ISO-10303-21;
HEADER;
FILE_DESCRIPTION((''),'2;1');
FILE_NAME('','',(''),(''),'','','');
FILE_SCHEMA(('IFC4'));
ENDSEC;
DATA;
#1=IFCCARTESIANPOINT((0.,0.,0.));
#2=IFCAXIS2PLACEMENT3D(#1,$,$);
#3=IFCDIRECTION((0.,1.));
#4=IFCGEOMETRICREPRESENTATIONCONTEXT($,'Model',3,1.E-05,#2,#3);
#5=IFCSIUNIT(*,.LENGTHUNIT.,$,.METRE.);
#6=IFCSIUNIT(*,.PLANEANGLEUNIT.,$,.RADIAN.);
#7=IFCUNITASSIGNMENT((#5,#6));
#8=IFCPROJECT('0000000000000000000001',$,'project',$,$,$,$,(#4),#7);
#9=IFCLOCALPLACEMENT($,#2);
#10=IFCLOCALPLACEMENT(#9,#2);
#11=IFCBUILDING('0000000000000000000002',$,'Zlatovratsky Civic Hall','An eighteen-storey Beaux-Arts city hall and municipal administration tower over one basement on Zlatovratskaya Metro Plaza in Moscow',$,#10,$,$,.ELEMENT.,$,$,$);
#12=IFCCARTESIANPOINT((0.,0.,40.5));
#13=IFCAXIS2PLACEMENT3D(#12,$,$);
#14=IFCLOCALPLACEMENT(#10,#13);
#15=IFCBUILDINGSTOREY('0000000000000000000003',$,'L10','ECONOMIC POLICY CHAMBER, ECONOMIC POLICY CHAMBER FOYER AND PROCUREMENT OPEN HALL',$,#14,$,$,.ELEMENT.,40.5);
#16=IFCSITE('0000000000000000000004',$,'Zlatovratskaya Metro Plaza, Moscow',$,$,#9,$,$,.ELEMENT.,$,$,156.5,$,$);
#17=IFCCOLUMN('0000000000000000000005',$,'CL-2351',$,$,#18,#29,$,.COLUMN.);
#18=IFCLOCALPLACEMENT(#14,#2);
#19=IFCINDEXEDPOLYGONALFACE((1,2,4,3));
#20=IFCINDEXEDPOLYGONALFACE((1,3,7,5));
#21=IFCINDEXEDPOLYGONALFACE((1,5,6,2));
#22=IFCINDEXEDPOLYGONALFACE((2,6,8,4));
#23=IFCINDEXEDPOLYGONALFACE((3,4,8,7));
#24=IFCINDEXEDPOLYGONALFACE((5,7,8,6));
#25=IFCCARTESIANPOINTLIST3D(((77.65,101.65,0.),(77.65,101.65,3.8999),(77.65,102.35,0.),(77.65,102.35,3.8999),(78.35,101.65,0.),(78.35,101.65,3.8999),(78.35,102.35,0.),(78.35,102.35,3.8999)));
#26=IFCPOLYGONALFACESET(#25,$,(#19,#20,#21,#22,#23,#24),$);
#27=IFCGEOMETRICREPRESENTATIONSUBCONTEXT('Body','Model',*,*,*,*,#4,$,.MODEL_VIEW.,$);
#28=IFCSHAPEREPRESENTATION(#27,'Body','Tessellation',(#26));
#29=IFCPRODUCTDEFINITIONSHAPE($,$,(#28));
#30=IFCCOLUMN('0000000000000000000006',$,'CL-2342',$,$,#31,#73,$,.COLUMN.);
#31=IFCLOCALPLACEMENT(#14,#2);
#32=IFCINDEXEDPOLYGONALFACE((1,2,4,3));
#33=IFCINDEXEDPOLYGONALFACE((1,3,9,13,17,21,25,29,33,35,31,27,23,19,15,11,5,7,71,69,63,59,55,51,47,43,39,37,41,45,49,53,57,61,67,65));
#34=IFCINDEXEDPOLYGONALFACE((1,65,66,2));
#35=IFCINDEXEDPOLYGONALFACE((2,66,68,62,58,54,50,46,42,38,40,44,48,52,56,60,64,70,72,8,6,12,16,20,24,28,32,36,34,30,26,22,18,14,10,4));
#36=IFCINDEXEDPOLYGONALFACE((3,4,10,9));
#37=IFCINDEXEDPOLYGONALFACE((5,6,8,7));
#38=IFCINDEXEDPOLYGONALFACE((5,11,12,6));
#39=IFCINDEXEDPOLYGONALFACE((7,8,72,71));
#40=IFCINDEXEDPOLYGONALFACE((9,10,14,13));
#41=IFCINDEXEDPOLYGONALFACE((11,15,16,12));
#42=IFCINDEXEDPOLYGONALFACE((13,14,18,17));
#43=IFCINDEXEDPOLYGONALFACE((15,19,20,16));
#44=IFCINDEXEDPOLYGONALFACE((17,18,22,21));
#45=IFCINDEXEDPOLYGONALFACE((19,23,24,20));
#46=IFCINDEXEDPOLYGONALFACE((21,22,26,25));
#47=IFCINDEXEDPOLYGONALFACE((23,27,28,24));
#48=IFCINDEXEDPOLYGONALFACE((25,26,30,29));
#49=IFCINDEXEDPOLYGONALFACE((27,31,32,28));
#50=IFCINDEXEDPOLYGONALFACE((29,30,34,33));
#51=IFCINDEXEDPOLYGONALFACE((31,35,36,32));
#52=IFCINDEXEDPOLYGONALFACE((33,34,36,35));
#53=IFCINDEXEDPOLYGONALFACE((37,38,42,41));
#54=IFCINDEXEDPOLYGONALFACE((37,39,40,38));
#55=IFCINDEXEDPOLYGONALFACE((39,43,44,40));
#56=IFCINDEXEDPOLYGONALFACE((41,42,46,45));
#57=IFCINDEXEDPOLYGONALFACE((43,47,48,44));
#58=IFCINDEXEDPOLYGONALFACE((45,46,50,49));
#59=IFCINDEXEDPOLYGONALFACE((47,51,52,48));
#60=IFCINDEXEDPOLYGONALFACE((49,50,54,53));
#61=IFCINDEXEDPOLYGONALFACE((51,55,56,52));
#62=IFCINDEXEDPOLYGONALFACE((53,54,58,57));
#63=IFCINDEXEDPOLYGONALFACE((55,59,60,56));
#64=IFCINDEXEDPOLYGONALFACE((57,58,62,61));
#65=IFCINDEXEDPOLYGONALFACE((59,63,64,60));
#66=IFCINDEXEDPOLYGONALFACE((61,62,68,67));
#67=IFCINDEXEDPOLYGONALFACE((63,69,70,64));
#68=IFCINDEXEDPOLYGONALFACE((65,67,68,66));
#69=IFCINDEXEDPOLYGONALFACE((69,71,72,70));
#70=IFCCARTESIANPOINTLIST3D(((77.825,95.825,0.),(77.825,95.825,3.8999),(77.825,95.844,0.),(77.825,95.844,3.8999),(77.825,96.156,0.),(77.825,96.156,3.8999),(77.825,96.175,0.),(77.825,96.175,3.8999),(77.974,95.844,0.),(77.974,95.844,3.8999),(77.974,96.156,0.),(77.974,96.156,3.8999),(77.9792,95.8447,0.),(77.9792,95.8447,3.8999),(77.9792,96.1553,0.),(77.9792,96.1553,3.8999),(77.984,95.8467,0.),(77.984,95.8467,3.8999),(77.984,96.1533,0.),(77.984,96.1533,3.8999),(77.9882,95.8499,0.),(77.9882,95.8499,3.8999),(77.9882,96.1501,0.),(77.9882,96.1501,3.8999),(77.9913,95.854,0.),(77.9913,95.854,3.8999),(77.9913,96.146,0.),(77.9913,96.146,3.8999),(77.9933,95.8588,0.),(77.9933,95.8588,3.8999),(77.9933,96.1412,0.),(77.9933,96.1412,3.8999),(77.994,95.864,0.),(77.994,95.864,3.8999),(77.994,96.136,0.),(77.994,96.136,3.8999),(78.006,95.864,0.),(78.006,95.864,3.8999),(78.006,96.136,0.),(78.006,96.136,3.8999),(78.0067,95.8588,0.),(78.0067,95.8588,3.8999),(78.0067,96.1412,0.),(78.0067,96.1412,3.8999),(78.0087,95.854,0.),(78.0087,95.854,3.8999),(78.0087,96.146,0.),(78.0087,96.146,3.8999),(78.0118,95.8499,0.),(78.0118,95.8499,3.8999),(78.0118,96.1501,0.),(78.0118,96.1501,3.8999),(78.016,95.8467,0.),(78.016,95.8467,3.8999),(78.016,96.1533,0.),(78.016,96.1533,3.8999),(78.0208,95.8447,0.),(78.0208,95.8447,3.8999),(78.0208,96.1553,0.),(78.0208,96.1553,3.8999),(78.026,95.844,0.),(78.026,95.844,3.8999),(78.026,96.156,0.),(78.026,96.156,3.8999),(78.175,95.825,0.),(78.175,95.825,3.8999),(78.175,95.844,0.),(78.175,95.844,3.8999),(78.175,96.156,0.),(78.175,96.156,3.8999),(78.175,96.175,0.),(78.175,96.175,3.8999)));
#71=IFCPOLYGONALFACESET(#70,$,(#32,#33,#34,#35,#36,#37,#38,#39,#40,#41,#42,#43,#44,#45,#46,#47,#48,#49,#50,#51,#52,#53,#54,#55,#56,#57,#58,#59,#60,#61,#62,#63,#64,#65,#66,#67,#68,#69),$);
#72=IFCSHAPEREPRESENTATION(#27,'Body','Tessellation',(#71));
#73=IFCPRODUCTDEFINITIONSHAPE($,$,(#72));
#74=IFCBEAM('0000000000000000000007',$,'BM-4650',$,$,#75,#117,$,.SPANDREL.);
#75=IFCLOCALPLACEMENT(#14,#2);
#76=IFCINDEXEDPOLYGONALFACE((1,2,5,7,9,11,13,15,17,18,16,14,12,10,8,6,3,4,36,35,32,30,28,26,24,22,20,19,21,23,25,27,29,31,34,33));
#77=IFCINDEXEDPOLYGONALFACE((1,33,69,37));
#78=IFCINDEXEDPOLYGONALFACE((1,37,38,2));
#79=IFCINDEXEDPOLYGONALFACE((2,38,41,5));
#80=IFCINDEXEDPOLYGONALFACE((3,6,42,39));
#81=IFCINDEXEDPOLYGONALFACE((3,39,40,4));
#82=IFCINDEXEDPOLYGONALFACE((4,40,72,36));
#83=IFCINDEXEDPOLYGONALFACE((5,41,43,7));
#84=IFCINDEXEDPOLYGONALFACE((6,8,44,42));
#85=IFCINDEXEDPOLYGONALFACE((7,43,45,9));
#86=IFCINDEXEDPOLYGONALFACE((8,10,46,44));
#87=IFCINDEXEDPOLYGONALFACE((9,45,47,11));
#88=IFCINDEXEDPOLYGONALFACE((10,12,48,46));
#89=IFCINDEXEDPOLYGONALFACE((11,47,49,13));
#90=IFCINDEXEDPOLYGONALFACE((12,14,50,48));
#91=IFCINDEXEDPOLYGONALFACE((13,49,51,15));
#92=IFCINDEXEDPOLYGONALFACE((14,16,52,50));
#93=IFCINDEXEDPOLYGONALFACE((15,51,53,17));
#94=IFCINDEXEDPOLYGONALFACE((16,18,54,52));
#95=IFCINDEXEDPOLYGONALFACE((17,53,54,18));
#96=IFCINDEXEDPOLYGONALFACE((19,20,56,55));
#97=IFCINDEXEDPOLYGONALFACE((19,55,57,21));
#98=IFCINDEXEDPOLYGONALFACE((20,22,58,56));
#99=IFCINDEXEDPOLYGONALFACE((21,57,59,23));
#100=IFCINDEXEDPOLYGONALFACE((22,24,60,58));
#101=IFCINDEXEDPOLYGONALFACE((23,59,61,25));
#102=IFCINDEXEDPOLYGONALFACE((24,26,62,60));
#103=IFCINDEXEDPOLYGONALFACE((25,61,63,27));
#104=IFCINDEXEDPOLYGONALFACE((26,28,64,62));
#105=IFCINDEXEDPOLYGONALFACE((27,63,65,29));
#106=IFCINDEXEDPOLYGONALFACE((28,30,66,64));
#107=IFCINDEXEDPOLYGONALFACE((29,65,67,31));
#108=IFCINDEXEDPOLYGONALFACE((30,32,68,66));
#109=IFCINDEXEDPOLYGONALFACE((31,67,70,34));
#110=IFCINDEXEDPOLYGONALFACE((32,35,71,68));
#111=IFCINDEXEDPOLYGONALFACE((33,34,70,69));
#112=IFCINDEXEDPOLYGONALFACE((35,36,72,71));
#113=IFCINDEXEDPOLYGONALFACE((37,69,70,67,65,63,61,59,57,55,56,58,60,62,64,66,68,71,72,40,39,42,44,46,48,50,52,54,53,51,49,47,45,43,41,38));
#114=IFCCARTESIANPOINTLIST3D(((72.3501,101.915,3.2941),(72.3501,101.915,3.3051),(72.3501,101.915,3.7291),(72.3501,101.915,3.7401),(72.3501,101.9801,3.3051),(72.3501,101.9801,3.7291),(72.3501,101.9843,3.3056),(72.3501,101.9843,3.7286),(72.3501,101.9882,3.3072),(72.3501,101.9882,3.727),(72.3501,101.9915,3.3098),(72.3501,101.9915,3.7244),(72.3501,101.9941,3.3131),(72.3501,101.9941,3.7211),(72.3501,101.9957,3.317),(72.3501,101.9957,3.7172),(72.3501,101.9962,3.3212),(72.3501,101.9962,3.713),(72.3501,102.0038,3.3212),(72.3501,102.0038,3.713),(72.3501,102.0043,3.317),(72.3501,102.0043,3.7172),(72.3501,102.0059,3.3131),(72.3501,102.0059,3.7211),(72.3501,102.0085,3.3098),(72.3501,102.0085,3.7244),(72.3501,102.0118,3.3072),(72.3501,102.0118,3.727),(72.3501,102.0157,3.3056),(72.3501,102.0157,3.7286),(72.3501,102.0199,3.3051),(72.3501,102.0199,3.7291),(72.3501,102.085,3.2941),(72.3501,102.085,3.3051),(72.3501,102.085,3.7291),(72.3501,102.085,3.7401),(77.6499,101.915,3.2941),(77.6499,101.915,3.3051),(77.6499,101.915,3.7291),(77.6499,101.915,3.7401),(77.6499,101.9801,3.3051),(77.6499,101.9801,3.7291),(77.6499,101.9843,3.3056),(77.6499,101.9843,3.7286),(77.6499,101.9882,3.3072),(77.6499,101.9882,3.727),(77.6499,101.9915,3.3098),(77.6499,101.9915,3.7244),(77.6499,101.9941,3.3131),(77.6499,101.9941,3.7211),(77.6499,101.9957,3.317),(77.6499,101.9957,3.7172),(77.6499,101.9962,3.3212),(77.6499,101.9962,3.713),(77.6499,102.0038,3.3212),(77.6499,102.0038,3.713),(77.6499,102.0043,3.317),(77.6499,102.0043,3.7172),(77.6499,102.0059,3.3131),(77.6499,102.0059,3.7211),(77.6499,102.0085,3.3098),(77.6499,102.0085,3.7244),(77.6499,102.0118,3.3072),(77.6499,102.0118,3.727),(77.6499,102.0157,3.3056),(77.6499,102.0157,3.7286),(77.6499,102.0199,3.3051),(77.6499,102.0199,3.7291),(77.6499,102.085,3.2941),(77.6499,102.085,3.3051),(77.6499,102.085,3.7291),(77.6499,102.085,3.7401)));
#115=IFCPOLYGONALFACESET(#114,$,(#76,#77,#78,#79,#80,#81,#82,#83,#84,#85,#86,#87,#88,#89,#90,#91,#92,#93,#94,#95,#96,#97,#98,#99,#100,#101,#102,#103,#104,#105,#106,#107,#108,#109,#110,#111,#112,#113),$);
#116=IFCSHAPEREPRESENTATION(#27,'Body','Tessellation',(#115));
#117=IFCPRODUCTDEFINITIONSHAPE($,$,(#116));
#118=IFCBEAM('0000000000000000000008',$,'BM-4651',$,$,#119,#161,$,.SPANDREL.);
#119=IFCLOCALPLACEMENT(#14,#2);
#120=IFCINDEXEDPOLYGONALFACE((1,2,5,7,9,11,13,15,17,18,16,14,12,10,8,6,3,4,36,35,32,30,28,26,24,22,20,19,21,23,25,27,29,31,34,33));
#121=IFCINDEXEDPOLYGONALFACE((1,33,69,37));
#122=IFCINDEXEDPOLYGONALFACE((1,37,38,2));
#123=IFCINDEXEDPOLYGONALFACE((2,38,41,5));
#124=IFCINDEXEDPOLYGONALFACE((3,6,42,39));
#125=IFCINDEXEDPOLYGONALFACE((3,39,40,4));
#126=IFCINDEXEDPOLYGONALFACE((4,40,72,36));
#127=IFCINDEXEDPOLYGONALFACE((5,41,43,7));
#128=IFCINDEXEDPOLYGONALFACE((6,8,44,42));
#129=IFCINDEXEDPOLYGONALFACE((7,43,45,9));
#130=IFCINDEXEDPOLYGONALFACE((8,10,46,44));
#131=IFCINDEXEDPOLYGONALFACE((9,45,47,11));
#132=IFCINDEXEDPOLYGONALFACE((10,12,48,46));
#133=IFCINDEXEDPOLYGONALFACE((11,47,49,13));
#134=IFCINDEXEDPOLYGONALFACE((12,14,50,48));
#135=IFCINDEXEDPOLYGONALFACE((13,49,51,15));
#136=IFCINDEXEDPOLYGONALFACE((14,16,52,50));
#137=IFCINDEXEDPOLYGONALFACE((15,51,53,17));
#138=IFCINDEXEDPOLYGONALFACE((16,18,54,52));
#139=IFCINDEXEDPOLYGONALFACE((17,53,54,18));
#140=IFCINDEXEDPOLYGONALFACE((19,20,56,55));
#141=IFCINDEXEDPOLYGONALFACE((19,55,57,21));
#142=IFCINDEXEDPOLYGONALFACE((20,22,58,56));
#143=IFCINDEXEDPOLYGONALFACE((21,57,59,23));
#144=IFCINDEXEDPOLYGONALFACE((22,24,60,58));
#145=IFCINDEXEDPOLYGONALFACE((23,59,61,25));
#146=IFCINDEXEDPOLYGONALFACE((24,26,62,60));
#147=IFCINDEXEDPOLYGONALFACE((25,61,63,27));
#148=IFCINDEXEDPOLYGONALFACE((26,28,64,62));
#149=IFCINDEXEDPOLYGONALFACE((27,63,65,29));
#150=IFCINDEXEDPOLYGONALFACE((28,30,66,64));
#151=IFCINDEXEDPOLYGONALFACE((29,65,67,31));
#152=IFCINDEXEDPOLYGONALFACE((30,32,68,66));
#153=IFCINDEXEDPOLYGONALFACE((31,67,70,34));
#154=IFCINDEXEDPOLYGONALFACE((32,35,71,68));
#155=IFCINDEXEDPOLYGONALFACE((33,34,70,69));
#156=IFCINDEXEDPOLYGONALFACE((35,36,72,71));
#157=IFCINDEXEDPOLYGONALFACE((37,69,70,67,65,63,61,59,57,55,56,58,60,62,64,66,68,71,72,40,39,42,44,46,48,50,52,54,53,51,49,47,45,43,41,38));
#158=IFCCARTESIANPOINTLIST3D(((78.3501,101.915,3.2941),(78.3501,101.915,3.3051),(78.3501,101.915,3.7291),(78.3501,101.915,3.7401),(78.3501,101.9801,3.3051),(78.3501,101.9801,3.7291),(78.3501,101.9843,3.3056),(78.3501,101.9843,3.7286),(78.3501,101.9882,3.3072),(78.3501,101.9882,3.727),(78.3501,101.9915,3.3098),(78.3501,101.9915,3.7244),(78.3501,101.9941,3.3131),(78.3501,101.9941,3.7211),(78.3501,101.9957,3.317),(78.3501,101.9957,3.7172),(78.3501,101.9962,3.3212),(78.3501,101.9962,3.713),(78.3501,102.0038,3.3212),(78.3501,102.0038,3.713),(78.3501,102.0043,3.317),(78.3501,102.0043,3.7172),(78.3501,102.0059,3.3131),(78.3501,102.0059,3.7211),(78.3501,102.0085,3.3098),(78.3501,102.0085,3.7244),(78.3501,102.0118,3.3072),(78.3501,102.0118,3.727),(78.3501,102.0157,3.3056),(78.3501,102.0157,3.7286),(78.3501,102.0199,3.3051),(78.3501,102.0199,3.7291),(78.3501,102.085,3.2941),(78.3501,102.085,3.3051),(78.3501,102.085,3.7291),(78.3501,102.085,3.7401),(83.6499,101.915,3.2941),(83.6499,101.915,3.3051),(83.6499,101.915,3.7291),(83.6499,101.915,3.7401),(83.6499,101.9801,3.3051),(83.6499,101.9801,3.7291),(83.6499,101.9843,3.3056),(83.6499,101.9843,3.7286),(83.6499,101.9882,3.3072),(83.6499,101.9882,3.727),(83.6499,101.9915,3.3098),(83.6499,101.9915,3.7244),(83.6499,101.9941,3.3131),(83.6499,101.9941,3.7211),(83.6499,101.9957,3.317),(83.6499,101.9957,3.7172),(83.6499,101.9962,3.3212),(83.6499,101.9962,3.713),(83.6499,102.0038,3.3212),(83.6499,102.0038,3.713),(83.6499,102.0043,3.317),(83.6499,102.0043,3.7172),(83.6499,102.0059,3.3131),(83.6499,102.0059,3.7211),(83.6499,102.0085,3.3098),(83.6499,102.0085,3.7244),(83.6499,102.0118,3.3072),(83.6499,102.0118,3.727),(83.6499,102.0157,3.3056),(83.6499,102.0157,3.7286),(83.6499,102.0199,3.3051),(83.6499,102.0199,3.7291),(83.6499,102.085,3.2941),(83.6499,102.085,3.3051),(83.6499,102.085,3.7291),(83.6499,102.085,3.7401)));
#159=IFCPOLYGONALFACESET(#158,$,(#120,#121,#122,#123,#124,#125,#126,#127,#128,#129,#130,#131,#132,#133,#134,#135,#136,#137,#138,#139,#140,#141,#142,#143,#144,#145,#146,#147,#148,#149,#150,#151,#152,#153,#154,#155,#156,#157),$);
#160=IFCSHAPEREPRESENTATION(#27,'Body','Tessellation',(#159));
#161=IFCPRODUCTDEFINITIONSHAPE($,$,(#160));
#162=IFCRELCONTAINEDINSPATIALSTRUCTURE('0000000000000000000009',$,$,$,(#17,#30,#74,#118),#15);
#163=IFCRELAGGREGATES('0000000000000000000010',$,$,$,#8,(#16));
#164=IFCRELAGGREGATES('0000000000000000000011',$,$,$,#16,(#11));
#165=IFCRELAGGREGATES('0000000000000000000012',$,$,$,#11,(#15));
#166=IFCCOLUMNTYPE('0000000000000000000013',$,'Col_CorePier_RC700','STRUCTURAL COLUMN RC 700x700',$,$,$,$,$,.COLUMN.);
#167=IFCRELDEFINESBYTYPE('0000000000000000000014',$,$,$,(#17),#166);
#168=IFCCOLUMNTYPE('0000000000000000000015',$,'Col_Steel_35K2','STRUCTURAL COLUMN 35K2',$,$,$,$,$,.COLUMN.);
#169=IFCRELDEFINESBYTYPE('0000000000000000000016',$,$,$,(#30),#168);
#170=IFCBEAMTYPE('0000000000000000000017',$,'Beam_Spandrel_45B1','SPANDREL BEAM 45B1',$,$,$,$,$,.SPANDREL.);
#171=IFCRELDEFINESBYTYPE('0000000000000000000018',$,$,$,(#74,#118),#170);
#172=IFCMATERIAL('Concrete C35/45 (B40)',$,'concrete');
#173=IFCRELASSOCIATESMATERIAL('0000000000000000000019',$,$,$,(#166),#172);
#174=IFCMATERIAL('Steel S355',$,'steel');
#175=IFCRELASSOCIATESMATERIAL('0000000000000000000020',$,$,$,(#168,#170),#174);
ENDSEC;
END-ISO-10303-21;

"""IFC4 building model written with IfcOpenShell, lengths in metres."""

from ifc_helpers import new_model, si_unit, direction, frame, origin, origin_2d, place, context, subcontext, project, spatial, rectangle, i_section, extrude, material, material_profile, profile_set, type_object, element, save


model = new_model("IFC4")

# Units and contexts
model_context = context("Model", 3, precision=1e-05, world=origin(), true_north=direction((0.0, 1.0)))
body_context = subcontext(model_context, "Body", "Model", "MODEL_VIEW")
ifc_project = project(units=[si_unit("LENGTHUNIT", "METRE"), si_unit("PLANEANGLEUNIT", "RADIAN")], contexts=[model_context])

# Site, building, storey
site_placement = place(None, origin())
site = spatial("IfcSite", under=ifc_project, at=site_placement, Name="Zlatovratskaya Metro Plaza, Moscow", CompositionType="ELEMENT", RefElevation=156.5)
building_placement = place(site_placement, origin())
building = spatial("IfcBuilding", under=site, at=building_placement, Name="Zlatovratsky Civic Hall", Description="An eighteen-storey Beaux-Arts city hall and municipal administration tower over one basement on Zlatovratskaya Metro Plaza in Moscow", CompositionType="ELEMENT")
storey_placement = place(building_placement, frame((0.0, 0.0, 40.5)))
storey = spatial("IfcBuildingStorey", under=building, at=storey_placement, Name="L10", Description="ECONOMIC POLICY CHAMBER, ECONOMIC POLICY CHAMBER FOYER AND PROCUREMENT OPEN HALL", CompositionType="ELEMENT", Elevation=40.5)

# Columns
ifc_material_1 = material(Name="Concrete C35/45 (B40)", Category="concrete")
ifc_material_profile_1 = material_profile(ifc_material_1, rectangle(XDim=0.7, YDim=0.7, at=origin_2d()), Name="RC 700x700")
ifc_profile_set_1 = profile_set([ifc_material_profile_1], Name="Concrete C35/45 (B40)")
column_type_1 = type_object("IfcColumnType", Name="Col_CorePier_RC700", Description="STRUCTURAL COLUMN RC 700x700", PredefinedType="COLUMN", material=ifc_profile_set_1)
column_1_placement = place(storey_placement, frame((78.0, 102.0, 0.0), z_axis=(0.0, 0.0, 1.0), x_axis=(1.0, 0.0, 0.0)))
element("IfcColumn", 1, at=column_1_placement, inside=storey, type_object=column_type_1, Name="CL-2351", PredefinedType="COLUMN", context=body_context, shape_type="SweptSolid", body=[
    extrude(rectangle(XDim=0.7, YDim=0.7, at=origin_2d()), origin(), (0.0, 0.0, 1.0), 3.8999),
])
ifc_material_2 = material(Name="Steel S355", Category="steel")
ifc_material_profile_2 = material_profile(ifc_material_2, i_section(OverallWidth=0.3501, OverallDepth=0.3501, WebThickness=0.012, FlangeThickness=0.019, FilletRadius=0.02, at=origin_2d()), Name="35K2")
ifc_profile_set_2 = profile_set([ifc_material_profile_2], Name="Steel S355")
column_type_2 = type_object("IfcColumnType", Name="Col_Steel_35K2", Description="STRUCTURAL COLUMN 35K2", PredefinedType="COLUMN", material=ifc_profile_set_2)
column_2_placement = place(storey_placement, frame((78.0, 96.0, 0.0), z_axis=(0.0, 0.0, 1.0), x_axis=(1.0, 0.0, 0.0)))
element("IfcColumn", 2, at=column_2_placement, inside=storey, type_object=column_type_2, Name="CL-2342", PredefinedType="COLUMN", context=body_context, shape_type="SweptSolid", body=[
    extrude(i_section(OverallWidth=0.3501, OverallDepth=0.3501, WebThickness=0.012, FlangeThickness=0.019, FilletRadius=0.02, at=origin_2d()), origin(), (0.0, 0.0, 1.0), 3.8999),
])

# Beams
ifc_material_profile_3 = material_profile(ifc_material_2, i_section(OverallWidth=0.1699, OverallDepth=0.446, WebThickness=0.0076, FlangeThickness=0.011, FilletRadius=0.0161, at=origin_2d()), Name="45B1")
ifc_profile_set_3 = profile_set([ifc_material_profile_3], Name="Steel S355")
beam_type_1 = type_object("IfcBeamType", Name="Beam_Spandrel_45B1", Description="SPANDREL BEAM 45B1", PredefinedType="SPANDREL", material=ifc_profile_set_3)
for number, where, z_axis, x_axis, name in (
    (3, (72.3501, 102.0, 3.5171), (1.0, 0.0, 0.0), (0.0, 1.0, 0.0), "BM-4650"),
    (4, (78.3501, 102.0, 3.5171), (1.0, 0.0, 0.0), (0.0, 1.0, 0.0), "BM-4651"),
):
    element("IfcBeam", number, at=place(storey_placement, frame(where, z_axis=z_axis, x_axis=x_axis)), inside=storey, type_object=beam_type_1, Name=name, PredefinedType="SPANDREL", context=body_context, shape_type="SweptSolid", body=[
        extrude(i_section(OverallWidth=0.1699, OverallDepth=0.446, WebThickness=0.0076, FlangeThickness=0.011, FilletRadius=0.0161, at=origin_2d()), origin(), (0.0, 0.0, 1.0), 5.2998),
    ])

save(model, "model.ifc")
